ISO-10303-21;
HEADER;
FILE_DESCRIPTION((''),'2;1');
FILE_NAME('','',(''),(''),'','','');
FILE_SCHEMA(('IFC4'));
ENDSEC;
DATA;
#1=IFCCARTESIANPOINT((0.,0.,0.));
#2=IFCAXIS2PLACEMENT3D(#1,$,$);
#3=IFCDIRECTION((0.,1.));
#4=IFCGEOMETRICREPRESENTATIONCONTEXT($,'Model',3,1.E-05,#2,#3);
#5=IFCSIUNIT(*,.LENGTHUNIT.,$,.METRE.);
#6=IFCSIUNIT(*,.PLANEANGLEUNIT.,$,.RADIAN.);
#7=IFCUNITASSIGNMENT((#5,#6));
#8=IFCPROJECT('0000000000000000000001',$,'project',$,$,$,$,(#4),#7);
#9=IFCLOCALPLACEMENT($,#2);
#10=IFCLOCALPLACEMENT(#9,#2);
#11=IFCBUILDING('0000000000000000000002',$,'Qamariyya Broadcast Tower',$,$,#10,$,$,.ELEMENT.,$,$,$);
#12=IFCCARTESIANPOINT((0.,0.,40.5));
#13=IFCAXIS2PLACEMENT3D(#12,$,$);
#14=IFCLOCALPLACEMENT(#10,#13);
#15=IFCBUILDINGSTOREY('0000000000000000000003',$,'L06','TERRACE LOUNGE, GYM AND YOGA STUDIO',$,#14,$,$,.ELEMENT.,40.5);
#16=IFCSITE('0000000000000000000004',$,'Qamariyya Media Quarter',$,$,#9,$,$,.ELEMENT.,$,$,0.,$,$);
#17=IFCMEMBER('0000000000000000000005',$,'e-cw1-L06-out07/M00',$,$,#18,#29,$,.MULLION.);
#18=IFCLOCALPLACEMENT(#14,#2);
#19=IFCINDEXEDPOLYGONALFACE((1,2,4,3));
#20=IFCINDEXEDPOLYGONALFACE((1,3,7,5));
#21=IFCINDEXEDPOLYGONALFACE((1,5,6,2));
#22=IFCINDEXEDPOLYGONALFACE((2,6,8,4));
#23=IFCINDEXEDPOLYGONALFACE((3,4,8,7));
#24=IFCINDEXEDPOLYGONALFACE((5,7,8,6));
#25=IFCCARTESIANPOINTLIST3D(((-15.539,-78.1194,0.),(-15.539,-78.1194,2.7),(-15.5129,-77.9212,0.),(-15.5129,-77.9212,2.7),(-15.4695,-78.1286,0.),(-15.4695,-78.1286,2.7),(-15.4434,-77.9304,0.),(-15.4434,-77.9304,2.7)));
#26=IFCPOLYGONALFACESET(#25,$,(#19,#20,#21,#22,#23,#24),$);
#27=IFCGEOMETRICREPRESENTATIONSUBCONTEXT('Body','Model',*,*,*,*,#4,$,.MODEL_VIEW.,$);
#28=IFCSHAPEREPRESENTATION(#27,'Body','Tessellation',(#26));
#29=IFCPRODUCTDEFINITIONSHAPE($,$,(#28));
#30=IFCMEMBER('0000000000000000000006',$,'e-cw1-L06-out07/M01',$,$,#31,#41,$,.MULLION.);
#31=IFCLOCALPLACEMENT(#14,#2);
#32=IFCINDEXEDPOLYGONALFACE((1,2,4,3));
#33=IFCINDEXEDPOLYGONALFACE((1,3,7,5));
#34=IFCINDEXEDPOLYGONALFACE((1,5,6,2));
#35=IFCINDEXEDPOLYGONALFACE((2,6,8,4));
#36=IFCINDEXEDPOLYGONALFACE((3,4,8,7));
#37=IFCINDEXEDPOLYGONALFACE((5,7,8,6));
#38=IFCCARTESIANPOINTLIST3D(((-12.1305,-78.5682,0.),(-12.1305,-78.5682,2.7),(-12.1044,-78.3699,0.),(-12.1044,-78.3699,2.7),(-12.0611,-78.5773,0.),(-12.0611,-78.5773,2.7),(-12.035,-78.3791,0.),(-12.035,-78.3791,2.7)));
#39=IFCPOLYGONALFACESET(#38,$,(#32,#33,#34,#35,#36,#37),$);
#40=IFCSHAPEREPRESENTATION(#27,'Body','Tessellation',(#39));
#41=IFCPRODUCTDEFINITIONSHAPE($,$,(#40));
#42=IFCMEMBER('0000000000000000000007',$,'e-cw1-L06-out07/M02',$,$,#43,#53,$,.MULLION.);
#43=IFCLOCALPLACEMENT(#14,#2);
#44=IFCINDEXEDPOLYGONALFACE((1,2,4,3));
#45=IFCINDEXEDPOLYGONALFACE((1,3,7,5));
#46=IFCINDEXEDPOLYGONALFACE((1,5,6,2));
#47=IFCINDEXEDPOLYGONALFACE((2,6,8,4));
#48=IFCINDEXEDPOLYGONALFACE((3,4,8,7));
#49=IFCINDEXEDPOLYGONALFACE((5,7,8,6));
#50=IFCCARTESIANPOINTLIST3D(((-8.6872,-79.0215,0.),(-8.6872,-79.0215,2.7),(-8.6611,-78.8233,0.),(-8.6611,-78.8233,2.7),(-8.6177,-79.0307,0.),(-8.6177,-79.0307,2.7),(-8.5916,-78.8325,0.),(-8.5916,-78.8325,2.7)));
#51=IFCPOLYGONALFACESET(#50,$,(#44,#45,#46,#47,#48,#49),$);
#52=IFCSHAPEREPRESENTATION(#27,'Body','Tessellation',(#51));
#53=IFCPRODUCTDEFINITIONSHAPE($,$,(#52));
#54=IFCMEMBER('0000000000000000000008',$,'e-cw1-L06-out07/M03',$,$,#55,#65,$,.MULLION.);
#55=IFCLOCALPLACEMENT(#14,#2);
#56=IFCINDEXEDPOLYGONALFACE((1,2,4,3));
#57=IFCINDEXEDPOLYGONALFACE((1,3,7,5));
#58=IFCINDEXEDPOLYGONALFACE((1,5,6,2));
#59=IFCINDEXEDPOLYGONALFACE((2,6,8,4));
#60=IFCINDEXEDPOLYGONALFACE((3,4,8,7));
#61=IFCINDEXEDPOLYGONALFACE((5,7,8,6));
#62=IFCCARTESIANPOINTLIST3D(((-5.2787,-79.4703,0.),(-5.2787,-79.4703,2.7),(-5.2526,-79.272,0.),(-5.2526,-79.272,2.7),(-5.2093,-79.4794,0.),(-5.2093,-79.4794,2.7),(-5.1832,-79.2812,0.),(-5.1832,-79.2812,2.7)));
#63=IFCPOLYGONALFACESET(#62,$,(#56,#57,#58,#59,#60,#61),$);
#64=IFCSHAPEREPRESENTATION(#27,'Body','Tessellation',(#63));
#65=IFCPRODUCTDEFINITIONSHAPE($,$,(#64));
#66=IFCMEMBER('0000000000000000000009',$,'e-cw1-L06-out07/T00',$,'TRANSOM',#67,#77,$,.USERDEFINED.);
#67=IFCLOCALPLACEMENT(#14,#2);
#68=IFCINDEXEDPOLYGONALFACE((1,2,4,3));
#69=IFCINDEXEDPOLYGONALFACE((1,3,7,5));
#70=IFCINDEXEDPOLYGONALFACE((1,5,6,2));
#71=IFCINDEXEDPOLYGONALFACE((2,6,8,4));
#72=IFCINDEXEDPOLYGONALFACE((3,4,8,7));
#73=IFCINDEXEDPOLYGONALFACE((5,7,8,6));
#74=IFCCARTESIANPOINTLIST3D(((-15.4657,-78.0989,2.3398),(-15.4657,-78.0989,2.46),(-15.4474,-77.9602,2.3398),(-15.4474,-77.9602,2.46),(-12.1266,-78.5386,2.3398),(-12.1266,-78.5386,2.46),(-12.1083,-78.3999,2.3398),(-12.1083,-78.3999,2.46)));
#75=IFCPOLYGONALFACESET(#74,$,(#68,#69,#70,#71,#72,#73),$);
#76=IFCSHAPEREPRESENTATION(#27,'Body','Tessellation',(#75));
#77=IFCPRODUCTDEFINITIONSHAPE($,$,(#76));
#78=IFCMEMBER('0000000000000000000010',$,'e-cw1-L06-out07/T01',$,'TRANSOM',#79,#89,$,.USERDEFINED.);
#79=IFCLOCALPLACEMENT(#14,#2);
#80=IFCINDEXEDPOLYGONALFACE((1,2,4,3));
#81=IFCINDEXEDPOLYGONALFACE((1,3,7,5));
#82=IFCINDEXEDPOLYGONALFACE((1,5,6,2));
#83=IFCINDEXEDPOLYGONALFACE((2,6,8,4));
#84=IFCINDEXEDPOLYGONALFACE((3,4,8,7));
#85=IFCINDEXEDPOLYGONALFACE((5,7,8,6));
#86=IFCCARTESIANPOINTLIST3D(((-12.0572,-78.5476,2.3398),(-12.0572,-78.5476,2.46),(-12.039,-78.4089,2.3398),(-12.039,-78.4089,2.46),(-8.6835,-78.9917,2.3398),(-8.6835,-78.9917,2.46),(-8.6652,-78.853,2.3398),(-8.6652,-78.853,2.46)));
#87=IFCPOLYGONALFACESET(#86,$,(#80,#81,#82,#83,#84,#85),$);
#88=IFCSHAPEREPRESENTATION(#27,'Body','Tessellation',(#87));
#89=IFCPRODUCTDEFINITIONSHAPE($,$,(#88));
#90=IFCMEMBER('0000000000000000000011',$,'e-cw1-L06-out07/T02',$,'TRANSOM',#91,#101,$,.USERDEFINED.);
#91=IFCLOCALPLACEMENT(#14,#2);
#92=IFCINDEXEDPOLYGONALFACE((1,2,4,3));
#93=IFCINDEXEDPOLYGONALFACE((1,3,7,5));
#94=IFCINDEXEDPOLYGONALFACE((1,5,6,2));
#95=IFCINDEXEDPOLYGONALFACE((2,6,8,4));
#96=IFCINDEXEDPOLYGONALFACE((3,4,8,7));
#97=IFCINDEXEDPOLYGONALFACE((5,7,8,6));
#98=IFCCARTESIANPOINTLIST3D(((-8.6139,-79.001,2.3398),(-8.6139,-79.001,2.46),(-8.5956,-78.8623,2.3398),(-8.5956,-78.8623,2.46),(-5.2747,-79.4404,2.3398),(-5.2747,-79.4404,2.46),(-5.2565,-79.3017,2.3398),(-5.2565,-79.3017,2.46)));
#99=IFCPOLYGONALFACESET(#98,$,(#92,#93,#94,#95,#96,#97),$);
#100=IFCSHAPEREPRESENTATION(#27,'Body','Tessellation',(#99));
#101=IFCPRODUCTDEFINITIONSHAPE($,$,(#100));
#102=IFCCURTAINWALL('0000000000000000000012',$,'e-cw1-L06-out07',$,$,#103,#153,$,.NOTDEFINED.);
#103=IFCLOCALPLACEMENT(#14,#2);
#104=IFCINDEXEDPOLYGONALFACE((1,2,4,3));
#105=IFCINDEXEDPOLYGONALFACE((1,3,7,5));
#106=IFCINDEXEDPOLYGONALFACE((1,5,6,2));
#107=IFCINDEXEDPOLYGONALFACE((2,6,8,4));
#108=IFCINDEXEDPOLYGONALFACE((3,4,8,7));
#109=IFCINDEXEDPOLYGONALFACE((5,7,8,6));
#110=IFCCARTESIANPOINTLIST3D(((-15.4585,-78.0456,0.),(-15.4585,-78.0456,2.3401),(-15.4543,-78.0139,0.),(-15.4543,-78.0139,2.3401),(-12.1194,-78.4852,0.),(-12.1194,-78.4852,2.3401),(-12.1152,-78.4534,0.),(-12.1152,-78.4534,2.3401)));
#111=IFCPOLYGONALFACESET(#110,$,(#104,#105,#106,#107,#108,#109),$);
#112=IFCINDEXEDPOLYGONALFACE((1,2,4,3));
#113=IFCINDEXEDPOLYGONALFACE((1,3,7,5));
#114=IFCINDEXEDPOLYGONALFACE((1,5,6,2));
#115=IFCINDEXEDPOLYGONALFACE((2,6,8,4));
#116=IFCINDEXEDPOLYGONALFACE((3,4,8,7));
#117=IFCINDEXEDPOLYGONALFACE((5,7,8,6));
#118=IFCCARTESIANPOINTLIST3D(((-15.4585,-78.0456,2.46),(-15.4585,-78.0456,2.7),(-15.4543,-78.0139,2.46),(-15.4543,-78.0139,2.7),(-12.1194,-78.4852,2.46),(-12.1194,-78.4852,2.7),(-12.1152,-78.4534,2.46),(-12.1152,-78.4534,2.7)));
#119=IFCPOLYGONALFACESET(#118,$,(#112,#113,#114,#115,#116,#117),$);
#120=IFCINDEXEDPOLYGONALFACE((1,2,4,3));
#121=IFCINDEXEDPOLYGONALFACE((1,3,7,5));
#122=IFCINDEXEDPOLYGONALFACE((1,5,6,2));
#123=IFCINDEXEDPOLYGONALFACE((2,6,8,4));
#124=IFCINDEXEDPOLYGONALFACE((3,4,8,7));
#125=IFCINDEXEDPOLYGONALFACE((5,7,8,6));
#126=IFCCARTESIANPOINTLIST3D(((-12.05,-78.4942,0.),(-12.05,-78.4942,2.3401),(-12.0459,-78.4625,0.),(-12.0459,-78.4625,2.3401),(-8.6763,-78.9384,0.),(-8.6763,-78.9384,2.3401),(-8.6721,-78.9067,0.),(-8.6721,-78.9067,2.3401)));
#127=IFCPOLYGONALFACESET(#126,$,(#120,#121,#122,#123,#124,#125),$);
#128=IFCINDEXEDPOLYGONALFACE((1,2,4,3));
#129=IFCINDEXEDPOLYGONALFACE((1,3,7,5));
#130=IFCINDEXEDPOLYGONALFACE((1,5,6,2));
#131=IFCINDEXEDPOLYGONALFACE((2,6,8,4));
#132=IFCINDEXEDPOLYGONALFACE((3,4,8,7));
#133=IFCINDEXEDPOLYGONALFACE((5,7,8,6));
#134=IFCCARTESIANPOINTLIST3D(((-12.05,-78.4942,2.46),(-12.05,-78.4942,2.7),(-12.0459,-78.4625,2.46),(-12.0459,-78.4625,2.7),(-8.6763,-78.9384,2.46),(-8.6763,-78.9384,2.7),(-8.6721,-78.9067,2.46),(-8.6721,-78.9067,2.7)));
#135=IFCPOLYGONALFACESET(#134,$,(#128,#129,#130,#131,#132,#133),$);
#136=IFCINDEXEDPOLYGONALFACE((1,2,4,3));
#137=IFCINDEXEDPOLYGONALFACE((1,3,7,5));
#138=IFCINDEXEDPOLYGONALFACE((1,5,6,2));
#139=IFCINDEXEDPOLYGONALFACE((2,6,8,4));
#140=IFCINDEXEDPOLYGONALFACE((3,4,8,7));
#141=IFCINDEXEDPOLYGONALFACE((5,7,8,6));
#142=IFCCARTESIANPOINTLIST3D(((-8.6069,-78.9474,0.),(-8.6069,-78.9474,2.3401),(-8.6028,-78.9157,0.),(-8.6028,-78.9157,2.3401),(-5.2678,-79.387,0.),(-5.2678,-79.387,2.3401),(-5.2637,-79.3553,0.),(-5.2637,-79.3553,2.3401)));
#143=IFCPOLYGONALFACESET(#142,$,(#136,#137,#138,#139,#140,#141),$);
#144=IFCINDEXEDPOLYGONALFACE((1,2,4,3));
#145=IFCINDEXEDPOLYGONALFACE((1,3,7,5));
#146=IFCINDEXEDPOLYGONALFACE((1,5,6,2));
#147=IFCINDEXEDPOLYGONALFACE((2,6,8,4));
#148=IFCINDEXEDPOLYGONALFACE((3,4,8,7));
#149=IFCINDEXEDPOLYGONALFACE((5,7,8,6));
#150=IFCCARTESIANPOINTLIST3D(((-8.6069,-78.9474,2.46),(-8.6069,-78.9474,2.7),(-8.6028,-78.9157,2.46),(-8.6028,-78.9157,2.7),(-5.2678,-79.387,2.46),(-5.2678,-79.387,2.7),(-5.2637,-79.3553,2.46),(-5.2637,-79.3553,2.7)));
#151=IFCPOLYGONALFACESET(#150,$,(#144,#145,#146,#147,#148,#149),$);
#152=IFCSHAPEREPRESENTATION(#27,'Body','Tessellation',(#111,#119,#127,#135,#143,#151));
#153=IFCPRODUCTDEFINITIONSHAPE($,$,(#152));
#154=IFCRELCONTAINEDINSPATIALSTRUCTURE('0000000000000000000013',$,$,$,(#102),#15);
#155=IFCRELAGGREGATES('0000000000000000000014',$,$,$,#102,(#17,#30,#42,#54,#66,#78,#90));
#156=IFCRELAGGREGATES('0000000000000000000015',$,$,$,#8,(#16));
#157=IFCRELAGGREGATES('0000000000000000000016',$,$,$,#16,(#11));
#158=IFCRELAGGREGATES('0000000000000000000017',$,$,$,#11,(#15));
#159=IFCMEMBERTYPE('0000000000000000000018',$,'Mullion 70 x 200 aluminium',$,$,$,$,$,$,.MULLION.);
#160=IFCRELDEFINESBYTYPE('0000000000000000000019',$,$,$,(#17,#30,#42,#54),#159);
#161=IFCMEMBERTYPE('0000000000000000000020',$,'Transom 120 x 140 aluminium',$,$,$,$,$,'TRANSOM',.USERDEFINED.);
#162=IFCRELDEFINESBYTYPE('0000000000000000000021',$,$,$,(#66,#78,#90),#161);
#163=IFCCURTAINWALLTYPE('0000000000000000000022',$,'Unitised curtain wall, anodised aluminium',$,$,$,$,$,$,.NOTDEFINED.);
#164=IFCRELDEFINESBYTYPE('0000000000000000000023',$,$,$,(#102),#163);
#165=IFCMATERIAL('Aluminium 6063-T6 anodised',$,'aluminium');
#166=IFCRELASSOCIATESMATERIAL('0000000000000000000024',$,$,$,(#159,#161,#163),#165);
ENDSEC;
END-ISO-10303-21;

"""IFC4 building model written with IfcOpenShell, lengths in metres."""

from ifc_helpers import new_model, si_unit, direction, frame, origin, origin_2d, place, context, subcontext, project, spatial, rectangle, extrude, material, material_profile, profile_set, type_object, element, aggregate, save


model = new_model("IFC4")

# Units and contexts
model_context = context("Model", 3, precision=1e-05, world=origin(), true_north=direction((0.0, 1.0)))
body_context = subcontext(model_context, "Body", "Model", "MODEL_VIEW")
ifc_project = project(units=[si_unit("LENGTHUNIT", "METRE"), si_unit("PLANEANGLEUNIT", "RADIAN")], contexts=[model_context])

# Members
ifc_material = material(Name="Aluminium 6063-T6 anodised", Category="aluminium")
ifc_material_profile_1 = material_profile(ifc_material, rectangle(XDim=0.2, YDim=0.0701, at=origin_2d()))
ifc_profile_set_1 = profile_set([ifc_material_profile_1], Name="Aluminium 6063-T6 anodised")
member_type_1 = type_object("IfcMemberType", Name="Mullion 70 x 200 aluminium", PredefinedType="MULLION", material=ifc_profile_set_1)
site_placement = place(None, origin())
building_placement = place(site_placement, origin())
storey_placement = place(building_placement, frame((0.0, 0.0, 40.5)))
member_1_placement = place(storey_placement, frame((-15.4912, -78.0249, 0.0), z_axis=(0.0, 0.0, 1.0), x_axis=(0.130526, 0.991445, 0.0)))
member_1 = element("IfcMember", 1, at=member_1_placement, type_object=member_type_1, Name="e-cw1-L06-out07/M00", PredefinedType="MULLION", context=body_context, shape_type="SweptSolid", body=[
    extrude(rectangle(XDim=0.2, YDim=0.0701, at=origin_2d()), origin(), (0.0, 0.0, 1.0), 2.7),
])
member_2_placement = place(storey_placement, frame((-12.0828, -78.4736, 0.0), z_axis=(0.0, 0.0, 1.0), x_axis=(0.130526, 0.991445, 0.0)))
member_2 = element("IfcMember", 2, at=member_2_placement, type_object=member_type_1, Name="e-cw1-L06-out07/M01", PredefinedType="MULLION", context=body_context, shape_type="SweptSolid", body=[
    extrude(rectangle(XDim=0.2, YDim=0.0701, at=origin_2d()), origin(), (0.0, 0.0, 1.0), 2.7),
])
member_3_placement = place(storey_placement, frame((-8.6394, -78.927, 0.0), z_axis=(0.0, 0.0, 1.0), x_axis=(0.130526, 0.991445, 0.0)))
member_3 = element("IfcMember", 3, at=member_3_placement, type_object=member_type_1, Name="e-cw1-L06-out07/M02", PredefinedType="MULLION", context=body_context, shape_type="SweptSolid", body=[
    extrude(rectangle(XDim=0.2, YDim=0.0701, at=origin_2d()), origin(), (0.0, 0.0, 1.0), 2.7),
])
member_4_placement = place(storey_placement, frame((-5.231, -79.3757, 0.0), z_axis=(0.0, 0.0, 1.0), x_axis=(0.130526, 0.991445, 0.0)))
member_4 = element("IfcMember", 4, at=member_4_placement, type_object=member_type_1, Name="e-cw1-L06-out07/M03", PredefinedType="MULLION", context=body_context, shape_type="SweptSolid", body=[
    extrude(rectangle(XDim=0.2, YDim=0.0701, at=origin_2d()), origin(), (0.0, 0.0, 1.0), 2.7),
])
ifc_material_profile_2 = material_profile(ifc_material, rectangle(XDim=0.1399, YDim=0.1201, at=origin_2d()))
ifc_profile_set_2 = profile_set([ifc_material_profile_2], Name="Aluminium 6063-T6 anodised")
member_type_2 = type_object("IfcMemberType", Name="Transom 120 x 140 aluminium", ElementType="TRANSOM", PredefinedType="USERDEFINED", material=ifc_profile_set_2)
member_5_placement = place(storey_placement, frame((-15.4565, -78.0295, 2.3999), z_axis=(0.991441, -0.130554, 0.0), x_axis=(0.130554, 0.991441, 0.0)))
member_5 = element("IfcMember", 5, at=member_5_placement, type_object=member_type_2, Name="e-cw1-L06-out07/T00", ObjectType="TRANSOM", PredefinedType="USERDEFINED", context=body_context, shape_type="SweptSolid", body=[
    extrude(rectangle(XDim=0.1399, YDim=0.1201, at=origin_2d()), origin(), (0.0, 0.0, 1.0), 3.3679),
])
member_6_placement = place(storey_placement, frame((-12.0481, -78.4783, 2.3999), z_axis=(0.991448, -0.130505, 0.0), x_axis=(0.130505, 0.991448, 0.0)))
member_6 = element("IfcMember", 6, at=member_6_placement, type_object=member_type_2, Name="e-cw1-L06-out07/T01", ObjectType="TRANSOM", PredefinedType="USERDEFINED", context=body_context, shape_type="SweptSolid", body=[
    extrude(rectangle(XDim=0.1399, YDim=0.1201, at=origin_2d()), origin(), (0.0, 0.0, 1.0), 3.4028),
])
member_7_placement = place(storey_placement, frame((-8.6047, -78.9316, 2.3999), z_axis=(0.991451, -0.130483, 0.0), x_axis=(0.130483, 0.991451, 0.0)))
member_7 = element("IfcMember", 7, at=member_7_placement, type_object=member_type_2, Name="e-cw1-L06-out07/T02", ObjectType="TRANSOM", PredefinedType="USERDEFINED", context=body_context, shape_type="SweptSolid", body=[
    extrude(rectangle(XDim=0.1399, YDim=0.1201, at=origin_2d()), origin(), (0.0, 0.0, 1.0), 3.3679),
])

# Site, building, storey
site = spatial("IfcSite", under=ifc_project, at=site_placement, Name="Qamariyya Media Quarter", CompositionType="ELEMENT", RefElevation=0.0)
building = spatial("IfcBuilding", under=site, at=building_placement, Name="Qamariyya Broadcast Tower", CompositionType="ELEMENT")
storey = spatial("IfcBuildingStorey", under=building, at=storey_placement, Name="L06", Description="TERRACE LOUNGE, GYM AND YOGA STUDIO", CompositionType="ELEMENT", Elevation=40.5)

# Curtain wall
curtain_wall_type = type_object("IfcCurtainWallType", Name="Unitised curtain wall, anodised aluminium", PredefinedType="NOTDEFINED", material=ifc_material)
curtain_wall_1_placement = place(storey_placement, origin())
curtain_wall_1 = element("IfcCurtainWall", 8, at=curtain_wall_1_placement, inside=storey, type_object=curtain_wall_type, Name="e-cw1-L06-out07", PredefinedType="NOTDEFINED", context=body_context, shape_type="SweptSolid", body=[
    extrude(rectangle(XDim=3.3679, YDim=0.032, at=origin_2d()), frame((-13.7869, -78.2495, 0.0), x_axis=(0.991446, -0.130521, 0.0)), (0.0, 0.0, 1.0), 2.3401),
    extrude(rectangle(XDim=3.3679, YDim=0.032, at=origin_2d()), frame((-13.7869, -78.2495, 2.46), x_axis=(0.991446, -0.130521, 0.0)), (0.0, 0.0, 1.0), 0.24),
    extrude(rectangle(XDim=3.4028, YDim=0.032, at=origin_2d()), frame((-10.3611, -78.7004, 0.0), x_axis=(0.991446, -0.130521, 0.0)), (0.0, 0.0, 1.0), 2.3401),
    extrude(rectangle(XDim=3.4028, YDim=0.032, at=origin_2d()), frame((-10.3611, -78.7004, 2.46), x_axis=(0.991446, -0.130521, 0.0)), (0.0, 0.0, 1.0), 0.24),
    extrude(rectangle(XDim=3.3679, YDim=0.032, at=origin_2d()), frame((-6.9353, -79.1514, 0.0), x_axis=(0.991446, -0.130521, 0.0)), (0.0, 0.0, 1.0), 2.3401),
    extrude(rectangle(XDim=3.3679, YDim=0.032, at=origin_2d()), frame((-6.9353, -79.1514, 2.46), x_axis=(0.991446, -0.130521, 0.0)), (0.0, 0.0, 1.0), 0.24),
])
aggregate(curtain_wall_1, [member_1, member_2, member_3, member_4, member_5, member_6, member_7])

save(model, "model.ifc")
